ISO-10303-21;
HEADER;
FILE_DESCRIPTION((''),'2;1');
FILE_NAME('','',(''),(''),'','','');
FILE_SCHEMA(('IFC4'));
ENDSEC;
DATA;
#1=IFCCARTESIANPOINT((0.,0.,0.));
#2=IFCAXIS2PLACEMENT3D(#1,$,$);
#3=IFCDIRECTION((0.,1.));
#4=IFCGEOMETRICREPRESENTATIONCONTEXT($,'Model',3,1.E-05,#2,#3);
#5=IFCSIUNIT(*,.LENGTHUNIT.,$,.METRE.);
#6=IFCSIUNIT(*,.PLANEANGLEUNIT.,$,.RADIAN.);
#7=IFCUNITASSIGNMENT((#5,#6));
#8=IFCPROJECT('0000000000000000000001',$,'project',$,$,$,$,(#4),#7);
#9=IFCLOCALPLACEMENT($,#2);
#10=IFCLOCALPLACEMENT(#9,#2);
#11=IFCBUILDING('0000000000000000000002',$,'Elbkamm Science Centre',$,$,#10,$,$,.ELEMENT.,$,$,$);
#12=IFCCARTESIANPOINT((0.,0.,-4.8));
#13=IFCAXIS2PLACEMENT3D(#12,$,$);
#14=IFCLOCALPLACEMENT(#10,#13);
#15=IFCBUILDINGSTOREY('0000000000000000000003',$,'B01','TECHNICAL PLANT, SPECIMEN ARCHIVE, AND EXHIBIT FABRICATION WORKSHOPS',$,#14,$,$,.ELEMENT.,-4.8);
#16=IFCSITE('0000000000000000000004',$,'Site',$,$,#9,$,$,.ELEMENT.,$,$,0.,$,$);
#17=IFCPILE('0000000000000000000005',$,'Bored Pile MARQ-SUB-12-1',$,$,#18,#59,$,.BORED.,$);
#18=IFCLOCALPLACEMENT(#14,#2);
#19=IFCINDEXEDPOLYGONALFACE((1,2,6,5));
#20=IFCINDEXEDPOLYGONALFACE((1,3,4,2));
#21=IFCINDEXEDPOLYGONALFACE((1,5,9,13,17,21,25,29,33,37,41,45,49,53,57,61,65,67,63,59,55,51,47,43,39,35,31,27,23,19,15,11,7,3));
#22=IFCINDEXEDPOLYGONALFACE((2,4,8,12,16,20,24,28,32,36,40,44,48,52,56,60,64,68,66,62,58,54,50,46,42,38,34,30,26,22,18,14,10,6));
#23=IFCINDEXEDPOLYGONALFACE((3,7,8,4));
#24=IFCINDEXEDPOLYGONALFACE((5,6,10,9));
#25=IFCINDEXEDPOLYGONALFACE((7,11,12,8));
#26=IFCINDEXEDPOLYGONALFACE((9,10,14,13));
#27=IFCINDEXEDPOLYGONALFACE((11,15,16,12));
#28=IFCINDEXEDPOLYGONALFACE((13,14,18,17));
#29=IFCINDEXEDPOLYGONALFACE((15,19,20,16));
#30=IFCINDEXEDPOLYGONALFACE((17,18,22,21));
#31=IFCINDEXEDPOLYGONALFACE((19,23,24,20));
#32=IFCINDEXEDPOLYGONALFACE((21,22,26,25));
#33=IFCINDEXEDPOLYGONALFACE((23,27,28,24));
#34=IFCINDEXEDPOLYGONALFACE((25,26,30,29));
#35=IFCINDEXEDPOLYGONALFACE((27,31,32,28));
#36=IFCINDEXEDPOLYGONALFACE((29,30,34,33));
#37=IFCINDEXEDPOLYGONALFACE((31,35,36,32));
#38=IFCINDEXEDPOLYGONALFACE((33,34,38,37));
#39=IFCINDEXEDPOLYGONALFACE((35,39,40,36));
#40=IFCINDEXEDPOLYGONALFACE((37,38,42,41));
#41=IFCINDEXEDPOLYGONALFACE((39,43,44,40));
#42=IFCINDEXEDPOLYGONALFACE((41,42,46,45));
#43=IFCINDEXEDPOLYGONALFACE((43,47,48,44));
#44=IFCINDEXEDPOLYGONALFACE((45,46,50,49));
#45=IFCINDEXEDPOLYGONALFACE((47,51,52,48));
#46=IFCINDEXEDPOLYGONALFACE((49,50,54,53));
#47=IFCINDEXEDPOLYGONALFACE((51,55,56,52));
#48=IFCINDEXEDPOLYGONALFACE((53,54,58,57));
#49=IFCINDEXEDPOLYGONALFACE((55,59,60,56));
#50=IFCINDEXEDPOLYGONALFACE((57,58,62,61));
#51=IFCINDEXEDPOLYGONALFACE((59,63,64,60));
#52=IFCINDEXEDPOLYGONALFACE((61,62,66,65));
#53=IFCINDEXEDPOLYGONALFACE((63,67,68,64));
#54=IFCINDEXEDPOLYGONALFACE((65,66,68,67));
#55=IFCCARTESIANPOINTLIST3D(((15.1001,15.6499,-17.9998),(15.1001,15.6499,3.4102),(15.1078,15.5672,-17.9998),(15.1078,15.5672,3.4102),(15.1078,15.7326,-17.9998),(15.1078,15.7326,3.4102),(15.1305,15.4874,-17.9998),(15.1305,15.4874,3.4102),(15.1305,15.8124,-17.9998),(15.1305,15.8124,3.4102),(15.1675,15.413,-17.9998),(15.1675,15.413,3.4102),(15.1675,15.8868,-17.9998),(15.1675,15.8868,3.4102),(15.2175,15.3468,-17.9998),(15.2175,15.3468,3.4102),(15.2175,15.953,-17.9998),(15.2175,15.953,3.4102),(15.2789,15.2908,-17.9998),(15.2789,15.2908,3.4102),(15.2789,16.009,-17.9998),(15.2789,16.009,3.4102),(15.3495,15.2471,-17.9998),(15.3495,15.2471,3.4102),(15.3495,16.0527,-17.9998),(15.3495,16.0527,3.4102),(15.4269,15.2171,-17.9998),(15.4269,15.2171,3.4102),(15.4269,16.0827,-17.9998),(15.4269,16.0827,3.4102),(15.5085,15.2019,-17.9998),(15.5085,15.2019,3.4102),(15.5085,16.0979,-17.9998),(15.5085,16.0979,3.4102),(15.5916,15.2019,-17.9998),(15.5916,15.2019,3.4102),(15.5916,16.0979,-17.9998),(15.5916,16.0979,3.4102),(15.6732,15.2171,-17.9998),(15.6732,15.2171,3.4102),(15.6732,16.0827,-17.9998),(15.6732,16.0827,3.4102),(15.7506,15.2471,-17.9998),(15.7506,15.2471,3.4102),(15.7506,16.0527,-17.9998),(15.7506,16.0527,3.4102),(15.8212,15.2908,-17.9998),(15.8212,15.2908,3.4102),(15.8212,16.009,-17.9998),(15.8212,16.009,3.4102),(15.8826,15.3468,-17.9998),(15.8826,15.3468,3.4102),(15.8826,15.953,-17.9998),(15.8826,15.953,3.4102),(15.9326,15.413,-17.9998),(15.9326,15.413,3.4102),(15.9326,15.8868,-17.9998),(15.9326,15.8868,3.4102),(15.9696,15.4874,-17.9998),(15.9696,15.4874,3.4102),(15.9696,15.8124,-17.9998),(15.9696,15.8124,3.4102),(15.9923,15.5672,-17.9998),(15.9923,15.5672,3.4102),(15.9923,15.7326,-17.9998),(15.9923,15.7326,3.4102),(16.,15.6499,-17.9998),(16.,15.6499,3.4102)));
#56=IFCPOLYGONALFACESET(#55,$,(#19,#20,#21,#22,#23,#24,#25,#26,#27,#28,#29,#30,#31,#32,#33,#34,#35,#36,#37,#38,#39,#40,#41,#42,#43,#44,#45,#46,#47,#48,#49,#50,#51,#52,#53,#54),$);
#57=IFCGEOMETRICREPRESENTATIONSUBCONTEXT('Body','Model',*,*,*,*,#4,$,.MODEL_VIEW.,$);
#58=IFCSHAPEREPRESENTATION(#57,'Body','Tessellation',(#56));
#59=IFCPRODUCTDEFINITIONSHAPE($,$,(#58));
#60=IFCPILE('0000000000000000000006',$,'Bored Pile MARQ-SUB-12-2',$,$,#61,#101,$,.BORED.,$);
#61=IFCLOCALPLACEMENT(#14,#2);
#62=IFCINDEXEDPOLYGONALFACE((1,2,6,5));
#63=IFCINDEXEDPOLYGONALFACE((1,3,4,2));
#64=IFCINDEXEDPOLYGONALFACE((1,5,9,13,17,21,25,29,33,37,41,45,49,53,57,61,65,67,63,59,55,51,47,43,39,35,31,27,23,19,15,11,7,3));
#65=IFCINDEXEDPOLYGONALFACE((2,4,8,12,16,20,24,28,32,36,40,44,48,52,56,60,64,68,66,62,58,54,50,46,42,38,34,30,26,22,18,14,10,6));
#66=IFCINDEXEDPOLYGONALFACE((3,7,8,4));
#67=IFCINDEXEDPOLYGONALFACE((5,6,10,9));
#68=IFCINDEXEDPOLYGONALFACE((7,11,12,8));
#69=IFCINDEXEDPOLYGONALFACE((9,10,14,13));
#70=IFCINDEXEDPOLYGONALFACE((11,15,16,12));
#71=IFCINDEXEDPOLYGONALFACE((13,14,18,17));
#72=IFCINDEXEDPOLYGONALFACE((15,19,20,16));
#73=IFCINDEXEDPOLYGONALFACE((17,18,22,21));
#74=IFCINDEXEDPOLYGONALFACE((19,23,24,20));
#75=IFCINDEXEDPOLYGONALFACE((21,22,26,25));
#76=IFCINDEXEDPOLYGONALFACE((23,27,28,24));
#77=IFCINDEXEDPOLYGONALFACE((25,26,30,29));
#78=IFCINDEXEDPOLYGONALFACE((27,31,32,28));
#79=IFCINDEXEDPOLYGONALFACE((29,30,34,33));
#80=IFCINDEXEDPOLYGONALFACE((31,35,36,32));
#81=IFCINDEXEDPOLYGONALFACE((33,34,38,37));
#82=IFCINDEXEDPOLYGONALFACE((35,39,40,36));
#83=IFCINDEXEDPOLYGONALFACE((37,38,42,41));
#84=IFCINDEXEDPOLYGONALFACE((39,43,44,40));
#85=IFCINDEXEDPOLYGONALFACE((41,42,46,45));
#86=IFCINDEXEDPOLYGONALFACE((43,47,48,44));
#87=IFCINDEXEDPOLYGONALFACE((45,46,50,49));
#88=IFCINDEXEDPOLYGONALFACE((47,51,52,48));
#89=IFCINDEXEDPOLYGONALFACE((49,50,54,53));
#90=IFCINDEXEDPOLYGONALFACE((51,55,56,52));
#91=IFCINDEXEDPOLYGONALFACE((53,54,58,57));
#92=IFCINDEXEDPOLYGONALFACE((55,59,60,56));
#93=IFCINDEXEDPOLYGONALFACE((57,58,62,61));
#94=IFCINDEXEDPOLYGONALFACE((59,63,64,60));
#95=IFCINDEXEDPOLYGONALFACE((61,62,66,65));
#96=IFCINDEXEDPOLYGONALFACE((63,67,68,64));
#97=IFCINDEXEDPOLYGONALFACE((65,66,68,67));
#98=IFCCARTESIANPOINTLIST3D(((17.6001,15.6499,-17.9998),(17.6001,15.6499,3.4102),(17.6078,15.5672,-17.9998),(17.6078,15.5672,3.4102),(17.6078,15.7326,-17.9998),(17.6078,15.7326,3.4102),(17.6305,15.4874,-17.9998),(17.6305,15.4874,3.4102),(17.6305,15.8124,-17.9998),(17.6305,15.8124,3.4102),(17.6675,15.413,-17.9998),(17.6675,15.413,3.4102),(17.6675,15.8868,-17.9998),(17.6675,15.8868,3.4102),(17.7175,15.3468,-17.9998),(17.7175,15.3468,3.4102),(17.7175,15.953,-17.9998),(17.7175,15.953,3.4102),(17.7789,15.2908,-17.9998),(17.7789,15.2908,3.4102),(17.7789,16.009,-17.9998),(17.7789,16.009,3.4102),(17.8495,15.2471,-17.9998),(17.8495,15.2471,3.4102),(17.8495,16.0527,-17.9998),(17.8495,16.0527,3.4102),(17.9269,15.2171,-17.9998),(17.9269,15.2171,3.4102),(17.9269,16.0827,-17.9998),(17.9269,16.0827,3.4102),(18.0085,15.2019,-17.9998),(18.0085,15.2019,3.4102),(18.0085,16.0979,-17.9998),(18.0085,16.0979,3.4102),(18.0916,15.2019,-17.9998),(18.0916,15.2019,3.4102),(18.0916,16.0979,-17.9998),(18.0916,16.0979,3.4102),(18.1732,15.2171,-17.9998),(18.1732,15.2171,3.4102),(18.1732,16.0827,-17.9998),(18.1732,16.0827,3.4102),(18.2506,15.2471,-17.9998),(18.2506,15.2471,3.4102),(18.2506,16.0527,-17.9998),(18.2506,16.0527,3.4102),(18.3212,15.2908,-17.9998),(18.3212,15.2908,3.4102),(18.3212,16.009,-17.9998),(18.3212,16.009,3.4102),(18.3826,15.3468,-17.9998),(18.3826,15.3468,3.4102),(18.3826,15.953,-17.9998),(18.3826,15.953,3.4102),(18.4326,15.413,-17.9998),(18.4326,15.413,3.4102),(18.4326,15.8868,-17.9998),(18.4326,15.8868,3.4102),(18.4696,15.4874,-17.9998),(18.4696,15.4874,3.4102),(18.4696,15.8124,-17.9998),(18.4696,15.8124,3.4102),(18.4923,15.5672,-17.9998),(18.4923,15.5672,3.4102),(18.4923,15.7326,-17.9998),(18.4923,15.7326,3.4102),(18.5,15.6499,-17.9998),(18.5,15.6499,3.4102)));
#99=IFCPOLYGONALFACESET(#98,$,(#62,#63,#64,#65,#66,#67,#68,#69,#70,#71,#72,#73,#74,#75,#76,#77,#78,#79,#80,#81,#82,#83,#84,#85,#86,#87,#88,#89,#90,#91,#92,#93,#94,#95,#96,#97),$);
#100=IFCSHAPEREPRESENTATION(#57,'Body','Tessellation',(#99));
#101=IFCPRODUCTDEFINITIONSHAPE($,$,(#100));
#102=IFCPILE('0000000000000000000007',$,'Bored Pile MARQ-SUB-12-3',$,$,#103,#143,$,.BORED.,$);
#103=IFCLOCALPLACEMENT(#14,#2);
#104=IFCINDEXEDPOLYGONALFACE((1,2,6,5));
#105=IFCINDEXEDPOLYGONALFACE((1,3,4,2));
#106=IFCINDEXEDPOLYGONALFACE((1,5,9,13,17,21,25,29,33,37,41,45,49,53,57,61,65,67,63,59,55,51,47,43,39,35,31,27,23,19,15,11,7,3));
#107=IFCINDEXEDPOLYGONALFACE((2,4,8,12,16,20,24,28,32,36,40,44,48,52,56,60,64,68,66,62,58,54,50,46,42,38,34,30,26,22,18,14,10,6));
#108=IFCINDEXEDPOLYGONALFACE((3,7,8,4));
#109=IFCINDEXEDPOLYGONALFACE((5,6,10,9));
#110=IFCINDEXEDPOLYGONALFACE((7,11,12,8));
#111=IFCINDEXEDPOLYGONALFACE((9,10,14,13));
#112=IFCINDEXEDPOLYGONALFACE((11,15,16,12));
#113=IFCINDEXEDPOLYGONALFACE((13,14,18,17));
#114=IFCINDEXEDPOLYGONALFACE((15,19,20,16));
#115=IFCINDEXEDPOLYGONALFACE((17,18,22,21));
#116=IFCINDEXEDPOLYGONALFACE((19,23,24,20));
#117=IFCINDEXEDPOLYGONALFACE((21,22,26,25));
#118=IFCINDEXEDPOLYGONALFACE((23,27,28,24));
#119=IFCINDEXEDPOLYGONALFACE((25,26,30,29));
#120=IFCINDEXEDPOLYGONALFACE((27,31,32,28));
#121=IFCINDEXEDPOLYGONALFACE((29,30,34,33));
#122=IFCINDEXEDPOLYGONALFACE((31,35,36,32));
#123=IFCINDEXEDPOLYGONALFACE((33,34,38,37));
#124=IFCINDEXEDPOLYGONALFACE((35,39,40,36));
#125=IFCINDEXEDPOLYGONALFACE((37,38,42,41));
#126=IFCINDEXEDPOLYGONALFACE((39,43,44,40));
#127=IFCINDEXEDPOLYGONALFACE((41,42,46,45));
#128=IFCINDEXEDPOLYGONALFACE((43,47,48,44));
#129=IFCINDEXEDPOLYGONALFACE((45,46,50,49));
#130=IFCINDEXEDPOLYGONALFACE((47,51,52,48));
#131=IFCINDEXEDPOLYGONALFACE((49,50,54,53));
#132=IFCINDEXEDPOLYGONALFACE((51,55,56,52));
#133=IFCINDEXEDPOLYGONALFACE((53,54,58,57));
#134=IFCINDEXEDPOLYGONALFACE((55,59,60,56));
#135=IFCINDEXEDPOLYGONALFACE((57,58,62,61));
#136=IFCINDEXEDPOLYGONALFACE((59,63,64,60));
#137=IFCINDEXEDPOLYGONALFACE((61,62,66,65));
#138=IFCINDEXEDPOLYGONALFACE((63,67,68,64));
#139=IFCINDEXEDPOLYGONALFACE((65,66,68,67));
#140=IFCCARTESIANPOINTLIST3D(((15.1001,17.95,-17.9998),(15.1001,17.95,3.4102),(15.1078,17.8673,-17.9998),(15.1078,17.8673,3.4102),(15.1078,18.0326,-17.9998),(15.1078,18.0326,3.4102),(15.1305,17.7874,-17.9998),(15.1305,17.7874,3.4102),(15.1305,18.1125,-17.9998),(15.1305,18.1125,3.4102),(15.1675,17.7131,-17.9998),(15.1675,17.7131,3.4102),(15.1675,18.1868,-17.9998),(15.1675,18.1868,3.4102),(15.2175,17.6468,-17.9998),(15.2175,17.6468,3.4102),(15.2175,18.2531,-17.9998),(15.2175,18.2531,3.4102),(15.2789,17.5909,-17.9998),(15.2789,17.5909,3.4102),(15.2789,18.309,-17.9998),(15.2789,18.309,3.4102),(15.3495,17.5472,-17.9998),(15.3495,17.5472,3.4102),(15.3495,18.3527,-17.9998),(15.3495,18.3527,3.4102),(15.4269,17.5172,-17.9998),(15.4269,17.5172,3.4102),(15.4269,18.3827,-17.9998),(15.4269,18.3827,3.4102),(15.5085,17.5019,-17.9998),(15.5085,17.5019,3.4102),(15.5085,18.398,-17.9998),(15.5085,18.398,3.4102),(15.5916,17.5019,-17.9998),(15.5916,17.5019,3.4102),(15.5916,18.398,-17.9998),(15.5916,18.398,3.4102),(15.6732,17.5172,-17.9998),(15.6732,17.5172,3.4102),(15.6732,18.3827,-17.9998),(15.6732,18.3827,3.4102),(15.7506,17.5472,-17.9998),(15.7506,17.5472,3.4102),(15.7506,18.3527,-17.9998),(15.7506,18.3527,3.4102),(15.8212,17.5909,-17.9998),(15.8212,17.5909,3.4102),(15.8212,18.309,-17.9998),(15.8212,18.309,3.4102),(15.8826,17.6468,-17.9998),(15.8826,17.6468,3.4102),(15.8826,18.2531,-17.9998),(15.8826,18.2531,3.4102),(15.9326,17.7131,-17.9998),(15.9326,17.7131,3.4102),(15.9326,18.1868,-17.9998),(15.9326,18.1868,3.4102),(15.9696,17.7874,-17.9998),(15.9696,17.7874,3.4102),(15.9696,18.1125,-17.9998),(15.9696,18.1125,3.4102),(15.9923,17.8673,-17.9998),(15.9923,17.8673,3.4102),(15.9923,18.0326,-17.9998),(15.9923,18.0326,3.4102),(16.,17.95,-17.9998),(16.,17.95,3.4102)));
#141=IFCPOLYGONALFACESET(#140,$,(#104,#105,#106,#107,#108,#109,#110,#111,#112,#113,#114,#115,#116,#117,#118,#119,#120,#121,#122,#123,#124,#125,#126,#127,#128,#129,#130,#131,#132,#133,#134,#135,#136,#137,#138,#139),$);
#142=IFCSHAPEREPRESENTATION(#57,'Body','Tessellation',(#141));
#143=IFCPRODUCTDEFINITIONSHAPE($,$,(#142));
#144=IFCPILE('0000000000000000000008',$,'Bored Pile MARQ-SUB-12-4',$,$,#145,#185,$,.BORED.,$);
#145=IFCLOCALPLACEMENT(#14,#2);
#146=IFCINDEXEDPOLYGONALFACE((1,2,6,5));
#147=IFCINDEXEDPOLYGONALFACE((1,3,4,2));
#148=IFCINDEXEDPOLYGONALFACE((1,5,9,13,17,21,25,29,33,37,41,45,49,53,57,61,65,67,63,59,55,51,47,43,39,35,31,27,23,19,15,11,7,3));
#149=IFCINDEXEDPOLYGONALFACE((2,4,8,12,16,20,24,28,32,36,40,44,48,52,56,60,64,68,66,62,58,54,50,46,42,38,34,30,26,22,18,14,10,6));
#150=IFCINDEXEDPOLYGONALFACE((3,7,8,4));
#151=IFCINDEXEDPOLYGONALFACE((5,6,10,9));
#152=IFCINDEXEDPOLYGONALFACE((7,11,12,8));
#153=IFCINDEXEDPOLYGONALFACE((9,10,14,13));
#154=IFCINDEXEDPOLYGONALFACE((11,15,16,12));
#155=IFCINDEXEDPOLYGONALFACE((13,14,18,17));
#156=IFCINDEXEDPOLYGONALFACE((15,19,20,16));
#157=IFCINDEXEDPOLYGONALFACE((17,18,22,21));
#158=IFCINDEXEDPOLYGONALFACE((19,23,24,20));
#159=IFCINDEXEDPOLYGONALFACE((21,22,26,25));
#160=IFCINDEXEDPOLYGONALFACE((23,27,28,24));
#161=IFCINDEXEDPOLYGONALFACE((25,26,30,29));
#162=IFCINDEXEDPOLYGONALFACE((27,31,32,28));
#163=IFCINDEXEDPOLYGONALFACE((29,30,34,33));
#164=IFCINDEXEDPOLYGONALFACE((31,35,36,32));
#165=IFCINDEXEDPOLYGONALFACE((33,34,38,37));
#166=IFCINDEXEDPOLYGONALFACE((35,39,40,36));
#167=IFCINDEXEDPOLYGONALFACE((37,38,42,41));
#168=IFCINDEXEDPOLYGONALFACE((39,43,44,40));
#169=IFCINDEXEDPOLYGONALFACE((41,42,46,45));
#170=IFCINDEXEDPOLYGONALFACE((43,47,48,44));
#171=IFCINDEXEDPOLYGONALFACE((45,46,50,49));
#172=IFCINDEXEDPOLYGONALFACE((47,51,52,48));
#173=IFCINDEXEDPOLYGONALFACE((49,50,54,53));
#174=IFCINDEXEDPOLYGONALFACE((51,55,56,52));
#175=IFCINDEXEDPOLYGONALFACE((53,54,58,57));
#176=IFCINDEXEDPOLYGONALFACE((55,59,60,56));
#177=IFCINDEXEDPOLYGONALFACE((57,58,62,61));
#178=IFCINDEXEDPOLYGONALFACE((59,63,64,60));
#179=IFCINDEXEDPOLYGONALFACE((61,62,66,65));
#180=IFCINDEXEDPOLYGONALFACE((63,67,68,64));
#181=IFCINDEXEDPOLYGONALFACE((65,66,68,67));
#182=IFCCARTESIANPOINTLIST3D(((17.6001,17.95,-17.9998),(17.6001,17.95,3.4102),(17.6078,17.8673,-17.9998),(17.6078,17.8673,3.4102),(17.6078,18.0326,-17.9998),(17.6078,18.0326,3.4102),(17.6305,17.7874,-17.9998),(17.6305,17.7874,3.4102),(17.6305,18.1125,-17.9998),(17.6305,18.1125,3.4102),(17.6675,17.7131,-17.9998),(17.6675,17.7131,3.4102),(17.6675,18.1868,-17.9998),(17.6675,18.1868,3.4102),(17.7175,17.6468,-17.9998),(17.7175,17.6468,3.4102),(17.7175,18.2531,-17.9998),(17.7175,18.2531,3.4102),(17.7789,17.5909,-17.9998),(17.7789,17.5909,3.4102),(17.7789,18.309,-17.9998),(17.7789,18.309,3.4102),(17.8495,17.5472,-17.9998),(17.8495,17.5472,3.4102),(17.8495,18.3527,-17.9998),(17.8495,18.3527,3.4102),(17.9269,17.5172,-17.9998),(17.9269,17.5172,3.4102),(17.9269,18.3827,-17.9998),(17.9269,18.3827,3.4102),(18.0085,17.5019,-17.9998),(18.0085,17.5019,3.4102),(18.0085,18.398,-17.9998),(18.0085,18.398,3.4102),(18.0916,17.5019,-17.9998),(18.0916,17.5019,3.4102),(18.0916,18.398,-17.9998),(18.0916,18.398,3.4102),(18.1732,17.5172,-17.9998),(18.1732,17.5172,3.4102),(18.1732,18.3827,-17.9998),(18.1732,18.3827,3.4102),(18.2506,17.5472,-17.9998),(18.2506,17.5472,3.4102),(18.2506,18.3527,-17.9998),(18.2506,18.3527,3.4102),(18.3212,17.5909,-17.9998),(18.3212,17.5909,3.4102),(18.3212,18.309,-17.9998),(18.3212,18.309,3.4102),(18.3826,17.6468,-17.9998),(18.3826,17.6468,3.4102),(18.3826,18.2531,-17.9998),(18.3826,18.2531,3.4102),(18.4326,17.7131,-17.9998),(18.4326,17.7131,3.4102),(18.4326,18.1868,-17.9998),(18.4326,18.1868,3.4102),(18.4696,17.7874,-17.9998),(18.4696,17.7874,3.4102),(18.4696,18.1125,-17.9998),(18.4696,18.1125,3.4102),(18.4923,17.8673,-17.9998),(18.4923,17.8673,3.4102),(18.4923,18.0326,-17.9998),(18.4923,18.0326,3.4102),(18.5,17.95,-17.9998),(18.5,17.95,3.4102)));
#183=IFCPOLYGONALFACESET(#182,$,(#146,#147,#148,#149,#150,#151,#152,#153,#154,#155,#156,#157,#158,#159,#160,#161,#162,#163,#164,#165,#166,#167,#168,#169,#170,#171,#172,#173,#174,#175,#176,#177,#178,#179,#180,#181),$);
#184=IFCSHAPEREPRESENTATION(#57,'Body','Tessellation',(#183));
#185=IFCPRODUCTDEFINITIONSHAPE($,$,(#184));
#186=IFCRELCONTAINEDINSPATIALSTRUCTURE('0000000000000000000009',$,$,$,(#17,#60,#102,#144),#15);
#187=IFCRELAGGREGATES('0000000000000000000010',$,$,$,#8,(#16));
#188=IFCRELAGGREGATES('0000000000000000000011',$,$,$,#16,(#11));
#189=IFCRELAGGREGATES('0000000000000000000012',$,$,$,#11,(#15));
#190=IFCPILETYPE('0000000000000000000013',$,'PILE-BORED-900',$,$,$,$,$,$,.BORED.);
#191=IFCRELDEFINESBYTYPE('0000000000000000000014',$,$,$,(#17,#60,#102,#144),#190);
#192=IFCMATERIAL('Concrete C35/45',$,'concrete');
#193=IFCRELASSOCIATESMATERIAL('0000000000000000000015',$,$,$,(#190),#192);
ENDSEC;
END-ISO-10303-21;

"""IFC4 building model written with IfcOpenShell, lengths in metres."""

from ifc_helpers import new_model, si_unit, direction, frame, origin, origin_2d, place, context, subcontext, project, spatial, circle, extrude, material, material_profile, profile_set, type_object, element, save


model = new_model("IFC4")

# Units and contexts
model_context = context("Model", 3, precision=1e-05, world=origin(), true_north=direction((0.0, 1.0)))
body_context = subcontext(model_context, "Body", "Model", "MODEL_VIEW")
ifc_project = project(units=[si_unit("LENGTHUNIT", "METRE"), si_unit("PLANEANGLEUNIT", "RADIAN")], contexts=[model_context])

# Site, building, storey
site_placement = place(None, origin())
site = spatial("IfcSite", under=ifc_project, at=site_placement, Name="Site", CompositionType="ELEMENT", RefElevation=0.0)
building_placement = place(site_placement, origin())
building = spatial("IfcBuilding", under=site, at=building_placement, Name="Elbkamm Science Centre", CompositionType="ELEMENT")
storey_placement = place(building_placement, frame((0.0, 0.0, -4.8)))
storey = spatial("IfcBuildingStorey", under=building, at=storey_placement, Name="B01", Description="TECHNICAL PLANT, SPECIMEN ARCHIVE, AND EXHIBIT FABRICATION WORKSHOPS", CompositionType="ELEMENT", Elevation=-4.8)

# Shared definitions
ifc_material = material(Name="Concrete C35/45", Category="concrete")

# Piles
ifc_material_profile = material_profile(ifc_material, circle(Radius=0.45, at=origin_2d()), Name="PILE D900")
ifc_profile_set = profile_set([ifc_material_profile], Name="Concrete C35/45")
pile_type = type_object("IfcPileType", Name="PILE-BORED-900", PredefinedType="BORED", material=ifc_profile_set)
for number, where, z_axis, x_axis, name in (
    (1, (15.55, 15.6499, 3.4102), (0.0, 0.0, -1.0), (1.0, 0.0, 0.0), "Bored Pile MARQ-SUB-12-1"),
    (2, (18.05, 15.6499, 3.4102), (0.0, 0.0, -1.0), (1.0, 0.0, 0.0), "Bored Pile MARQ-SUB-12-2"),
    (3, (15.55, 17.95, 3.4102), (0.0, 0.0, -1.0), (1.0, 0.0, 0.0), "Bored Pile MARQ-SUB-12-3"),
    (4, (18.05, 17.95, 3.4102), (0.0, 0.0, -1.0), (1.0, 0.0, 0.0), "Bored Pile MARQ-SUB-12-4"),
):
    element("IfcPile", number, at=place(storey_placement, frame(where, z_axis=z_axis, x_axis=x_axis)), inside=storey, type_object=pile_type, Name=name, PredefinedType="BORED", context=body_context, shape_type="SweptSolid", body=[
        extrude(circle(Radius=0.45, at=origin_2d()), origin(), (0.0, 0.0, 1.0), 21.4099),
    ])

save(model, "model.ifc")
